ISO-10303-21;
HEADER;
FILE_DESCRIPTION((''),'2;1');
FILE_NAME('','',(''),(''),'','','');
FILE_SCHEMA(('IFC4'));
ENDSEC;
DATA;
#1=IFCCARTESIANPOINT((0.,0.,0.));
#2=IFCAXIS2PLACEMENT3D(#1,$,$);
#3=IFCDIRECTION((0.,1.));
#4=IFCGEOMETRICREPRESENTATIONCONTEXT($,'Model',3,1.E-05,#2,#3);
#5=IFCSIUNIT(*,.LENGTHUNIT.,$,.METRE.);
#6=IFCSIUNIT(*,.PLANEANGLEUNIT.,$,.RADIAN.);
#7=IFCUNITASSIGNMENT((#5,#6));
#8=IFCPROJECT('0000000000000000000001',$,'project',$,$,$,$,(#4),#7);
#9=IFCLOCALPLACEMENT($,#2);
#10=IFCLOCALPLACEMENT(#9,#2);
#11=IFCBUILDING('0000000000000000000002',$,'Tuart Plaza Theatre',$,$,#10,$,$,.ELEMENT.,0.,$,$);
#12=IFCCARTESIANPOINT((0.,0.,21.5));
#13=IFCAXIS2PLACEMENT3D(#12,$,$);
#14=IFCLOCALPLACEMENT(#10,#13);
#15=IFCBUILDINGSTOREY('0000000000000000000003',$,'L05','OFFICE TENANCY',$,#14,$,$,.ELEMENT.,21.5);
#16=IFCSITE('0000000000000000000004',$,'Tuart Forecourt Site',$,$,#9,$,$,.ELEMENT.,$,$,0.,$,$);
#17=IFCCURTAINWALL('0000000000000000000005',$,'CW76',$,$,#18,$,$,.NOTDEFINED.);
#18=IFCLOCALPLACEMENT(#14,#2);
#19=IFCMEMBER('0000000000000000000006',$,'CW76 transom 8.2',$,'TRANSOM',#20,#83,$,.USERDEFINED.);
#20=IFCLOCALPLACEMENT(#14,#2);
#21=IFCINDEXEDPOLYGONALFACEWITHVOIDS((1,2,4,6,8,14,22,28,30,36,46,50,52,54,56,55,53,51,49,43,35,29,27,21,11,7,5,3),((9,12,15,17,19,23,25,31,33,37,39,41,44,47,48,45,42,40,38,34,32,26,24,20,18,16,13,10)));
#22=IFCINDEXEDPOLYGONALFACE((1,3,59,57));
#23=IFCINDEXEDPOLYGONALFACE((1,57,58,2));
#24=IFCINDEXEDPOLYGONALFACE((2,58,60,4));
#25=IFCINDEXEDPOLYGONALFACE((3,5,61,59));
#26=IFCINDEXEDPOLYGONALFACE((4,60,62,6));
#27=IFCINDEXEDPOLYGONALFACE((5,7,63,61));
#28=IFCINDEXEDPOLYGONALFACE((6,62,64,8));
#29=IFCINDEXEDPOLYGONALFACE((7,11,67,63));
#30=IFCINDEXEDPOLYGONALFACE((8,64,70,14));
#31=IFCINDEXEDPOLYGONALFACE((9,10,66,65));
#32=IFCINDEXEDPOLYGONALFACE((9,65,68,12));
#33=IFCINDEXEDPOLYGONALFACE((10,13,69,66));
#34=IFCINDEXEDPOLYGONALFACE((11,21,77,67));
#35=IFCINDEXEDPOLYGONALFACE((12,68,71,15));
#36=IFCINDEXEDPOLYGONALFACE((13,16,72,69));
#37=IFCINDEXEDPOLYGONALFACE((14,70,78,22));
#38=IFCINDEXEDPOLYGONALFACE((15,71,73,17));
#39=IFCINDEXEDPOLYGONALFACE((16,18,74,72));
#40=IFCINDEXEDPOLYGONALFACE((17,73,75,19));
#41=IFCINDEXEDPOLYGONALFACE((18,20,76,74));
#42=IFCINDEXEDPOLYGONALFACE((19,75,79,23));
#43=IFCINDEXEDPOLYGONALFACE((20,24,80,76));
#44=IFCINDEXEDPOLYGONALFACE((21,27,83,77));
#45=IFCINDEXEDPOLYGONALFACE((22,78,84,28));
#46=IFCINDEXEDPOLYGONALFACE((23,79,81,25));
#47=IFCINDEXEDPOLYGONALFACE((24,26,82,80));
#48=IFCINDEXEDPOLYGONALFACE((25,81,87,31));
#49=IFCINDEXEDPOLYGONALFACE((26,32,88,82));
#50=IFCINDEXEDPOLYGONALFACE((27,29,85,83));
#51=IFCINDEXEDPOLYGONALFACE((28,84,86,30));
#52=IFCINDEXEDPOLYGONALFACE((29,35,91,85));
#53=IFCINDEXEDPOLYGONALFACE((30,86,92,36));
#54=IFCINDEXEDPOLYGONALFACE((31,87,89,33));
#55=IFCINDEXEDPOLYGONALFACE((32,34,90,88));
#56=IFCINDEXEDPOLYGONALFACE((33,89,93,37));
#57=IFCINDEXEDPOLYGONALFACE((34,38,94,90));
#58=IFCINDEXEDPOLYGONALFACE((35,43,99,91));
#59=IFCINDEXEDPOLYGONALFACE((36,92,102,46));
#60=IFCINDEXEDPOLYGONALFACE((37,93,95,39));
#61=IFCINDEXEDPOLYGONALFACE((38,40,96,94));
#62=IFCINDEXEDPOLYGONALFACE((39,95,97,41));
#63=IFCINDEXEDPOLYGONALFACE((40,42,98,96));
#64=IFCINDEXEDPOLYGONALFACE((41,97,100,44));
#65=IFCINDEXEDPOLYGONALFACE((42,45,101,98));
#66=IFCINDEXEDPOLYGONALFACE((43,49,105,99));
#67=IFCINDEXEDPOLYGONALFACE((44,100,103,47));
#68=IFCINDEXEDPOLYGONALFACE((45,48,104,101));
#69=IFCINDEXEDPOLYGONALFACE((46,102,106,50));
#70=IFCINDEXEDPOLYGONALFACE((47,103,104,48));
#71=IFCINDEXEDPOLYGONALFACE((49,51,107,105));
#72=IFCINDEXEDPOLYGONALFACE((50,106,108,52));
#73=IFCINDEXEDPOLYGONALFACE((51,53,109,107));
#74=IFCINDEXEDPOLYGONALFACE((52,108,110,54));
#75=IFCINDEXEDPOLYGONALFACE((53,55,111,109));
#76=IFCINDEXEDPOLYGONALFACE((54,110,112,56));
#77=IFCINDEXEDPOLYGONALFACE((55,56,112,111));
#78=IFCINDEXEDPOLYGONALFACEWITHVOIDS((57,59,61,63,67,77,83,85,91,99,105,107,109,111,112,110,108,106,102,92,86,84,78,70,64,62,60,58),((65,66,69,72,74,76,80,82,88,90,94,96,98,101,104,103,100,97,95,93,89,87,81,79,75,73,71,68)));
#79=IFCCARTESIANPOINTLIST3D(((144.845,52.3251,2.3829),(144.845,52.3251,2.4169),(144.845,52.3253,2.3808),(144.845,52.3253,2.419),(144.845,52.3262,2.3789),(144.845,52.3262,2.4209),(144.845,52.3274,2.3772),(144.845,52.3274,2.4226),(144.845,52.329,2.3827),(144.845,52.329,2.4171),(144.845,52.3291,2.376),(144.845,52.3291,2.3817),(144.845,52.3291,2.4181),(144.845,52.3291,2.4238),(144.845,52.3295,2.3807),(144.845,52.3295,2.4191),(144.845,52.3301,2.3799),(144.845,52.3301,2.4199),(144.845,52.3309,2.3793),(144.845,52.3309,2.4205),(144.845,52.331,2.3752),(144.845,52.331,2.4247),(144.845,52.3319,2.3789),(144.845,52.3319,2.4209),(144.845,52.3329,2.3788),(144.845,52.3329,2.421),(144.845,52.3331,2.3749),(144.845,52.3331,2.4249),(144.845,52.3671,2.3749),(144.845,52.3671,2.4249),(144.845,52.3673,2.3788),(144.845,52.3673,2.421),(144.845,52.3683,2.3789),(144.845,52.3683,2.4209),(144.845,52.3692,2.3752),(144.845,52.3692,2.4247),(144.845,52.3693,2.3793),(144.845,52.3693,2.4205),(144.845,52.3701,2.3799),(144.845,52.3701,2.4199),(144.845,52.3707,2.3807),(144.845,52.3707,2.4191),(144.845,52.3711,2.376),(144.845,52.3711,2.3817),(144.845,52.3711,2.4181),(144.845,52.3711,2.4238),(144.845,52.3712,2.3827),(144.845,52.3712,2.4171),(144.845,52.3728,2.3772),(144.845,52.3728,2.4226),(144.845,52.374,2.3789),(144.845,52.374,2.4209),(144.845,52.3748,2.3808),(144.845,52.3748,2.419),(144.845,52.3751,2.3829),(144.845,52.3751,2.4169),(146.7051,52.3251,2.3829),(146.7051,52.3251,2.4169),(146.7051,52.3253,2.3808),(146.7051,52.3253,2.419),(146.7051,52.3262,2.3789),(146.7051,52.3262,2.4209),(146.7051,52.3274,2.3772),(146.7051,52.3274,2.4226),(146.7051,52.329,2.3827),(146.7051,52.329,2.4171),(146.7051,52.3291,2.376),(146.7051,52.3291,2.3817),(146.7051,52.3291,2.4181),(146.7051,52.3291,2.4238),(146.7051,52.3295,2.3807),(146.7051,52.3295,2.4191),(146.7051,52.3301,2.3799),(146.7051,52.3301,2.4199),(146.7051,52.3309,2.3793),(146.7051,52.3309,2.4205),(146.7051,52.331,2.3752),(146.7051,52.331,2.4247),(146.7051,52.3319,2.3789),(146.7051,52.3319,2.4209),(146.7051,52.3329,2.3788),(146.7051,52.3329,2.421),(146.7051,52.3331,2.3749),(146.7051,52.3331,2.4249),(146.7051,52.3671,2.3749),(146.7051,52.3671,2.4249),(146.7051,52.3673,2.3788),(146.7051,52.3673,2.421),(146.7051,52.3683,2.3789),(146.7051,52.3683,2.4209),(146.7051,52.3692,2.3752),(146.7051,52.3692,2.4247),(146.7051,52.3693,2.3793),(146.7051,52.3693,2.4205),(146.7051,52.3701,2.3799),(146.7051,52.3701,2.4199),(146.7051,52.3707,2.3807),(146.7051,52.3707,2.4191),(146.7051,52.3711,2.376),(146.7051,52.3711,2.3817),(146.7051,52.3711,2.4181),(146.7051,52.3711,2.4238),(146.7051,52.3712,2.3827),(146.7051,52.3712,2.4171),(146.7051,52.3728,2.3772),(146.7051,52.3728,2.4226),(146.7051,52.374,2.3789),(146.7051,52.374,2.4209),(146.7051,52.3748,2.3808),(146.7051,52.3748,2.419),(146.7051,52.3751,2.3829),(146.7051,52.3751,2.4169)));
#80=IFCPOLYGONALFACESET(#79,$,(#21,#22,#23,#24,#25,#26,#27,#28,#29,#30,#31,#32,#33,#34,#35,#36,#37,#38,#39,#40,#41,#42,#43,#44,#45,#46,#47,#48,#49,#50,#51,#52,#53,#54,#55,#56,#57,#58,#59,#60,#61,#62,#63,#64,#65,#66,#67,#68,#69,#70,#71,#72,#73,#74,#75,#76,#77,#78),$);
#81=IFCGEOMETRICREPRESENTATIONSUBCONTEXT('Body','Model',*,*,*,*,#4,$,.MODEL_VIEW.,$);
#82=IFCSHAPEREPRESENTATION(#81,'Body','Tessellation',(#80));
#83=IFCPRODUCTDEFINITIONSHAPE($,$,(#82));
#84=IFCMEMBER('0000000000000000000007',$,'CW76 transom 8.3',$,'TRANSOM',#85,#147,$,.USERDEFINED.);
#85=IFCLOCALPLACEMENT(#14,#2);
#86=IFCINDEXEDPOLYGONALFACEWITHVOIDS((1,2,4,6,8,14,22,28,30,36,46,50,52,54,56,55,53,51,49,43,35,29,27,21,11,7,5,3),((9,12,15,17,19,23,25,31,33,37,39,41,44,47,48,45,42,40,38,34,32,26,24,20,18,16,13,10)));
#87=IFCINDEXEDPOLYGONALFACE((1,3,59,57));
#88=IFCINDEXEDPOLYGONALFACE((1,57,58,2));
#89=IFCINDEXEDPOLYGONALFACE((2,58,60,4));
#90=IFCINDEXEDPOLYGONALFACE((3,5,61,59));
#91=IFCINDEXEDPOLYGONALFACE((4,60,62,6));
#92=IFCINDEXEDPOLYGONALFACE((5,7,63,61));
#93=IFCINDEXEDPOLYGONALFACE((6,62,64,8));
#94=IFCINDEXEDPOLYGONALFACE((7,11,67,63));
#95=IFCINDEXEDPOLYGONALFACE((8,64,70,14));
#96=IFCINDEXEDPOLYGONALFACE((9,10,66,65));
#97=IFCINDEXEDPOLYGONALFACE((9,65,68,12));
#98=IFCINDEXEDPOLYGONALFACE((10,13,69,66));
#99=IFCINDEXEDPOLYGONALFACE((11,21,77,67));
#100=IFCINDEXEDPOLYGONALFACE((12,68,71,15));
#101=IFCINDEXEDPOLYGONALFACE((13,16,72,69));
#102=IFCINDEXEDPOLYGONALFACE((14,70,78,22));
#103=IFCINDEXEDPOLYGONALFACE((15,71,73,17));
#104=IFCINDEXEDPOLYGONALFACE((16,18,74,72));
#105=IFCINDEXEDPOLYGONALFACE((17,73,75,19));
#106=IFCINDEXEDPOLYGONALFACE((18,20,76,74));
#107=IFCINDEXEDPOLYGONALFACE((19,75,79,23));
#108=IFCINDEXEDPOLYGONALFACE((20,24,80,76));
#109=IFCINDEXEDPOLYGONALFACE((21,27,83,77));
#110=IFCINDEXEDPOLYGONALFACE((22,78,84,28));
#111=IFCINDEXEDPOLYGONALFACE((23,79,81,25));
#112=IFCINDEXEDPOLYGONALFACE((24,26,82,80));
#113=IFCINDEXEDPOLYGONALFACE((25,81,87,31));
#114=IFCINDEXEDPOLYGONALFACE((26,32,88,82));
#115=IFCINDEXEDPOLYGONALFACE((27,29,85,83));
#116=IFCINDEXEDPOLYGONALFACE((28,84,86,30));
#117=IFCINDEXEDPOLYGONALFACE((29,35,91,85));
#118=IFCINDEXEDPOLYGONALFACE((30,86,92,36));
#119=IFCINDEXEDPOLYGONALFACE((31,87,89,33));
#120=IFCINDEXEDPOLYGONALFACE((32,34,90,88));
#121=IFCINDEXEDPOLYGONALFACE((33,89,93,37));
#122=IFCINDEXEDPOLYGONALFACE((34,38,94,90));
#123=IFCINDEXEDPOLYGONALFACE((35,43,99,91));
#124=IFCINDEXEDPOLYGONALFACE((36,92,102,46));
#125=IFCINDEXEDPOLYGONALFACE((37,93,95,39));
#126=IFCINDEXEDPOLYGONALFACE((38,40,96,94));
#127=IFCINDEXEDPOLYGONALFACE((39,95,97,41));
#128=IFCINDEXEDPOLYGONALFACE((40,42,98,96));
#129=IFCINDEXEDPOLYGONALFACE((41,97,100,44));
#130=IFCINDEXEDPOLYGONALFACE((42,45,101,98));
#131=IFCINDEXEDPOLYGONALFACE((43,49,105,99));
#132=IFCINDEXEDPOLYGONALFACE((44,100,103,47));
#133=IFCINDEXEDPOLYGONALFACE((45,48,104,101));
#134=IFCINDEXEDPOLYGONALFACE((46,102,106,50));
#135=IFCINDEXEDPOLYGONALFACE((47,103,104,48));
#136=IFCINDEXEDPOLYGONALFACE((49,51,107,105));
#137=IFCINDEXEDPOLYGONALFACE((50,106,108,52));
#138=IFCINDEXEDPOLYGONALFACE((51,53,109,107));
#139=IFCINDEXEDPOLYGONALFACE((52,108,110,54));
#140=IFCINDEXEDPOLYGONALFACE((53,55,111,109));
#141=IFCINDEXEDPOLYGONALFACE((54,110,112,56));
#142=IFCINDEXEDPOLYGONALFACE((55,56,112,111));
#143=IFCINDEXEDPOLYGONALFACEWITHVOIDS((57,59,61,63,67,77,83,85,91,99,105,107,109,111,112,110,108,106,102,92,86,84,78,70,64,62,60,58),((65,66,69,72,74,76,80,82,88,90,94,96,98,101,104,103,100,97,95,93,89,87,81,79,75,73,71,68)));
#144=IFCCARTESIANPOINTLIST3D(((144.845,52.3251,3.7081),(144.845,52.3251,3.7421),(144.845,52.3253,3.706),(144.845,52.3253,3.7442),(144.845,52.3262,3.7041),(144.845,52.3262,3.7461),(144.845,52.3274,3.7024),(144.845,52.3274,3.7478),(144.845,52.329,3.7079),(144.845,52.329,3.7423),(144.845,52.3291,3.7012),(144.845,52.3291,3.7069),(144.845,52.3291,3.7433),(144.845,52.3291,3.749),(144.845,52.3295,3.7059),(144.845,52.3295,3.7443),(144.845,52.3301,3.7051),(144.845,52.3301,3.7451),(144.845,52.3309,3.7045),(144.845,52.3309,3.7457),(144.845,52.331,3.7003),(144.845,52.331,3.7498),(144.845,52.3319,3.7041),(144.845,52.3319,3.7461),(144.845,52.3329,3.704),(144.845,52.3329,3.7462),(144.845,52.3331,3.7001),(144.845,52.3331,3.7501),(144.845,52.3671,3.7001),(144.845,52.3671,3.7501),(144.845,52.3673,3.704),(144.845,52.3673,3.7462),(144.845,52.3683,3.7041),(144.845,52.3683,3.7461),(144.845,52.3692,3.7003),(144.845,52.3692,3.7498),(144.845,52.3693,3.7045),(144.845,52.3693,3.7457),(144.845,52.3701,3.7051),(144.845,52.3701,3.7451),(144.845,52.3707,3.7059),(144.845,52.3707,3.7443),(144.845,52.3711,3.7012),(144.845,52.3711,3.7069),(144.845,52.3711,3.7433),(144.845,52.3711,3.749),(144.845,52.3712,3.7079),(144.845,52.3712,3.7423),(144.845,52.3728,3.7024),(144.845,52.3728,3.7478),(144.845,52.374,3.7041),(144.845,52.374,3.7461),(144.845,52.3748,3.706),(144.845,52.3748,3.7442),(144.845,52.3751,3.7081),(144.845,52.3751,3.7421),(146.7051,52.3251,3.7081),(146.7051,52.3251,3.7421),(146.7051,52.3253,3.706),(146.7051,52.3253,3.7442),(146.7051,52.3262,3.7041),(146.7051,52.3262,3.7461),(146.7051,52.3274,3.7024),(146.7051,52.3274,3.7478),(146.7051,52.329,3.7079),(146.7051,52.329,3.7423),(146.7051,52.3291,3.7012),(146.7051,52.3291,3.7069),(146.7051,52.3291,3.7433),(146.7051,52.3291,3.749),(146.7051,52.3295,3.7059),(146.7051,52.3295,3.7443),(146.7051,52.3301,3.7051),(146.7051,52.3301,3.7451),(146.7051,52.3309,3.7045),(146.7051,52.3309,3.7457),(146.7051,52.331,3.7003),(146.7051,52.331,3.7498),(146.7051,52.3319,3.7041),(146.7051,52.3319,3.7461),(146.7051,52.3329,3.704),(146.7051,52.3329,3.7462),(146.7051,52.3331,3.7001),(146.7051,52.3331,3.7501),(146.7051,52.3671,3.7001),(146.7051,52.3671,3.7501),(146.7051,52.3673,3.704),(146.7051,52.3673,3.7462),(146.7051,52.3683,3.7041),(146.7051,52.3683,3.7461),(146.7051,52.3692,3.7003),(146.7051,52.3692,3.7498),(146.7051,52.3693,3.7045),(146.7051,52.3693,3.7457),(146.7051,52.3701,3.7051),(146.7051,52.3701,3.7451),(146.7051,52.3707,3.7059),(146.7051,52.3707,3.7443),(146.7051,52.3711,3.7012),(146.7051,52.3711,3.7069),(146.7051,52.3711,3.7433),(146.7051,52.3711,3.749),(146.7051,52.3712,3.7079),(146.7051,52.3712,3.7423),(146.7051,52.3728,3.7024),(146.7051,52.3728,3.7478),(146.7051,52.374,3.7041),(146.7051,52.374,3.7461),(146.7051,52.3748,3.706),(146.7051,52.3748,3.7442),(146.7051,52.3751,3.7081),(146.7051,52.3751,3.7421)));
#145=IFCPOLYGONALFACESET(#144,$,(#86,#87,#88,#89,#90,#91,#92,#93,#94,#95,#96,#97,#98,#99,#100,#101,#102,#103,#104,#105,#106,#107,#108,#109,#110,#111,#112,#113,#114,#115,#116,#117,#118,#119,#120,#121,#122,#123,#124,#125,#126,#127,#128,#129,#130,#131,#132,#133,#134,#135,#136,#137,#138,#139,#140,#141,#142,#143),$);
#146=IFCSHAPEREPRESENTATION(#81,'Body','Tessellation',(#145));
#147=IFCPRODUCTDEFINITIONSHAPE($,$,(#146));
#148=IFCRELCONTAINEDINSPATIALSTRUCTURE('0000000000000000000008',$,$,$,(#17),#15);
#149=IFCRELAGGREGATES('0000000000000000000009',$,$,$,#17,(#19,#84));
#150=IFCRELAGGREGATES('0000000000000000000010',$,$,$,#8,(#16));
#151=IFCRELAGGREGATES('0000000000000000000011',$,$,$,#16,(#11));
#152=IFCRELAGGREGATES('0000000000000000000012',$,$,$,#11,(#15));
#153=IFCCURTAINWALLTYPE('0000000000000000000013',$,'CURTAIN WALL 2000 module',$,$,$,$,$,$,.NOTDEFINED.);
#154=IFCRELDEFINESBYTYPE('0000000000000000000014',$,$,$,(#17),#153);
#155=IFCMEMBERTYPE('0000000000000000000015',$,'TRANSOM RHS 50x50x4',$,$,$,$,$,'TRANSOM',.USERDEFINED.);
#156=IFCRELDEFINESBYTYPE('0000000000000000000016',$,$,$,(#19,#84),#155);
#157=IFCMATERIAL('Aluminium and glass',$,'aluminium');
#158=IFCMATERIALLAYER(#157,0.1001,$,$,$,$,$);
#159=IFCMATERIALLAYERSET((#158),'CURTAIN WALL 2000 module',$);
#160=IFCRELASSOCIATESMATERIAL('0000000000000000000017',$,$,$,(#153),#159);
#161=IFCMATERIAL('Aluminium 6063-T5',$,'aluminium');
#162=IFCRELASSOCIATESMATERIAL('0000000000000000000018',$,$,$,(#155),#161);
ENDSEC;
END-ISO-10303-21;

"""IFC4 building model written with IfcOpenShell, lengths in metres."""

from ifc_helpers import new_model, si_unit, direction, frame, origin, origin_2d, place, context, subcontext, project, spatial, hollow_rectangle, extrude, material, layer, layer_set, material_profile, profile_set, type_object, element, aggregate, save


model = new_model("IFC4")

# Units and contexts
model_context = context("Model", 3, precision=1e-05, world=origin(), true_north=direction((0.0, 1.0)))
body_context = subcontext(model_context, "Body", "Model", "MODEL_VIEW")
ifc_project = project(units=[si_unit("LENGTHUNIT", "METRE"), si_unit("PLANEANGLEUNIT", "RADIAN")], contexts=[model_context])

# Site, building, storey
site_placement = place(None, origin())
site = spatial("IfcSite", under=ifc_project, at=site_placement, Name="Tuart Forecourt Site", CompositionType="ELEMENT", RefElevation=0.0)
building_placement = place(site_placement, origin())
building = spatial("IfcBuilding", under=site, at=building_placement, Name="Tuart Plaza Theatre", CompositionType="ELEMENT", ElevationOfRefHeight=0.0)
storey_placement = place(building_placement, frame((0.0, 0.0, 21.5)))
storey = spatial("IfcBuildingStorey", under=building, at=storey_placement, Name="L05", Description="OFFICE TENANCY", CompositionType="ELEMENT", Elevation=21.5)

# Curtain wall, members
ifc_material_1 = material(Name="Aluminium and glass", Category="aluminium")
ifc_layer_1 = layer(ifc_material_1, 0.1001)
ifc_layer_set_1 = layer_set([ifc_layer_1], Name="CURTAIN WALL 2000 module")
curtain_wall_type = type_object("IfcCurtainWallType", Name="CURTAIN WALL 2000 module", PredefinedType="NOTDEFINED", material=ifc_layer_set_1)
curtain_wall_placement = place(storey_placement, origin())
curtain_wall = element("IfcCurtainWall", 1, at=curtain_wall_placement, inside=storey, type_object=curtain_wall_type, Name="CW76", PredefinedType="NOTDEFINED")
ifc_material_2 = material(Name="Aluminium 6063-T5", Category="aluminium")
ifc_material_profile_1 = material_profile(ifc_material_2, hollow_rectangle(XDim=0.05, YDim=0.05, WallThickness=0.0039, InnerFilletRadius=0.0039, OuterFilletRadius=0.0081, at=origin_2d()), Name="RHS 50x50x4")
ifc_profile_set_1 = profile_set([ifc_material_profile_1], Name="Aluminium 6063-T5")
member_type_1 = type_object("IfcMemberType", Name="TRANSOM RHS 50x50x4", ElementType="TRANSOM", PredefinedType="USERDEFINED", material=ifc_profile_set_1)
member_1_placement = place(storey_placement, frame((144.845, 52.3501, 2.3999), z_axis=(1.0, 0.0, 0.0), x_axis=(0.0, 1.0, 0.0)))
member_1 = element("IfcMember", 2, at=member_1_placement, type_object=member_type_1, Name="CW76 transom 8.2", ObjectType="TRANSOM", PredefinedType="USERDEFINED", context=body_context, shape_type="SweptSolid", body=[
    extrude(hollow_rectangle(XDim=0.05, YDim=0.05, WallThickness=0.0039, InnerFilletRadius=0.0039, OuterFilletRadius=0.0081, at=origin_2d()), origin(), (0.0, 0.0, 1.0), 1.8601),
])
member_2_placement = place(storey_placement, frame((144.845, 52.3501, 3.7251), z_axis=(1.0, 0.0, 0.0), x_axis=(0.0, 1.0, 0.0)))
member_2 = element("IfcMember", 3, at=member_2_placement, type_object=member_type_1, Name="CW76 transom 8.3", ObjectType="TRANSOM", PredefinedType="USERDEFINED", context=body_context, shape_type="SweptSolid", body=[
    extrude(hollow_rectangle(XDim=0.05, YDim=0.05, WallThickness=0.0039, InnerFilletRadius=0.0039, OuterFilletRadius=0.0081, at=origin_2d()), origin(), (0.0, 0.0, 1.0), 1.8601),
])
aggregate(curtain_wall, [member_1, member_2])

save(model, "model.ifc")
